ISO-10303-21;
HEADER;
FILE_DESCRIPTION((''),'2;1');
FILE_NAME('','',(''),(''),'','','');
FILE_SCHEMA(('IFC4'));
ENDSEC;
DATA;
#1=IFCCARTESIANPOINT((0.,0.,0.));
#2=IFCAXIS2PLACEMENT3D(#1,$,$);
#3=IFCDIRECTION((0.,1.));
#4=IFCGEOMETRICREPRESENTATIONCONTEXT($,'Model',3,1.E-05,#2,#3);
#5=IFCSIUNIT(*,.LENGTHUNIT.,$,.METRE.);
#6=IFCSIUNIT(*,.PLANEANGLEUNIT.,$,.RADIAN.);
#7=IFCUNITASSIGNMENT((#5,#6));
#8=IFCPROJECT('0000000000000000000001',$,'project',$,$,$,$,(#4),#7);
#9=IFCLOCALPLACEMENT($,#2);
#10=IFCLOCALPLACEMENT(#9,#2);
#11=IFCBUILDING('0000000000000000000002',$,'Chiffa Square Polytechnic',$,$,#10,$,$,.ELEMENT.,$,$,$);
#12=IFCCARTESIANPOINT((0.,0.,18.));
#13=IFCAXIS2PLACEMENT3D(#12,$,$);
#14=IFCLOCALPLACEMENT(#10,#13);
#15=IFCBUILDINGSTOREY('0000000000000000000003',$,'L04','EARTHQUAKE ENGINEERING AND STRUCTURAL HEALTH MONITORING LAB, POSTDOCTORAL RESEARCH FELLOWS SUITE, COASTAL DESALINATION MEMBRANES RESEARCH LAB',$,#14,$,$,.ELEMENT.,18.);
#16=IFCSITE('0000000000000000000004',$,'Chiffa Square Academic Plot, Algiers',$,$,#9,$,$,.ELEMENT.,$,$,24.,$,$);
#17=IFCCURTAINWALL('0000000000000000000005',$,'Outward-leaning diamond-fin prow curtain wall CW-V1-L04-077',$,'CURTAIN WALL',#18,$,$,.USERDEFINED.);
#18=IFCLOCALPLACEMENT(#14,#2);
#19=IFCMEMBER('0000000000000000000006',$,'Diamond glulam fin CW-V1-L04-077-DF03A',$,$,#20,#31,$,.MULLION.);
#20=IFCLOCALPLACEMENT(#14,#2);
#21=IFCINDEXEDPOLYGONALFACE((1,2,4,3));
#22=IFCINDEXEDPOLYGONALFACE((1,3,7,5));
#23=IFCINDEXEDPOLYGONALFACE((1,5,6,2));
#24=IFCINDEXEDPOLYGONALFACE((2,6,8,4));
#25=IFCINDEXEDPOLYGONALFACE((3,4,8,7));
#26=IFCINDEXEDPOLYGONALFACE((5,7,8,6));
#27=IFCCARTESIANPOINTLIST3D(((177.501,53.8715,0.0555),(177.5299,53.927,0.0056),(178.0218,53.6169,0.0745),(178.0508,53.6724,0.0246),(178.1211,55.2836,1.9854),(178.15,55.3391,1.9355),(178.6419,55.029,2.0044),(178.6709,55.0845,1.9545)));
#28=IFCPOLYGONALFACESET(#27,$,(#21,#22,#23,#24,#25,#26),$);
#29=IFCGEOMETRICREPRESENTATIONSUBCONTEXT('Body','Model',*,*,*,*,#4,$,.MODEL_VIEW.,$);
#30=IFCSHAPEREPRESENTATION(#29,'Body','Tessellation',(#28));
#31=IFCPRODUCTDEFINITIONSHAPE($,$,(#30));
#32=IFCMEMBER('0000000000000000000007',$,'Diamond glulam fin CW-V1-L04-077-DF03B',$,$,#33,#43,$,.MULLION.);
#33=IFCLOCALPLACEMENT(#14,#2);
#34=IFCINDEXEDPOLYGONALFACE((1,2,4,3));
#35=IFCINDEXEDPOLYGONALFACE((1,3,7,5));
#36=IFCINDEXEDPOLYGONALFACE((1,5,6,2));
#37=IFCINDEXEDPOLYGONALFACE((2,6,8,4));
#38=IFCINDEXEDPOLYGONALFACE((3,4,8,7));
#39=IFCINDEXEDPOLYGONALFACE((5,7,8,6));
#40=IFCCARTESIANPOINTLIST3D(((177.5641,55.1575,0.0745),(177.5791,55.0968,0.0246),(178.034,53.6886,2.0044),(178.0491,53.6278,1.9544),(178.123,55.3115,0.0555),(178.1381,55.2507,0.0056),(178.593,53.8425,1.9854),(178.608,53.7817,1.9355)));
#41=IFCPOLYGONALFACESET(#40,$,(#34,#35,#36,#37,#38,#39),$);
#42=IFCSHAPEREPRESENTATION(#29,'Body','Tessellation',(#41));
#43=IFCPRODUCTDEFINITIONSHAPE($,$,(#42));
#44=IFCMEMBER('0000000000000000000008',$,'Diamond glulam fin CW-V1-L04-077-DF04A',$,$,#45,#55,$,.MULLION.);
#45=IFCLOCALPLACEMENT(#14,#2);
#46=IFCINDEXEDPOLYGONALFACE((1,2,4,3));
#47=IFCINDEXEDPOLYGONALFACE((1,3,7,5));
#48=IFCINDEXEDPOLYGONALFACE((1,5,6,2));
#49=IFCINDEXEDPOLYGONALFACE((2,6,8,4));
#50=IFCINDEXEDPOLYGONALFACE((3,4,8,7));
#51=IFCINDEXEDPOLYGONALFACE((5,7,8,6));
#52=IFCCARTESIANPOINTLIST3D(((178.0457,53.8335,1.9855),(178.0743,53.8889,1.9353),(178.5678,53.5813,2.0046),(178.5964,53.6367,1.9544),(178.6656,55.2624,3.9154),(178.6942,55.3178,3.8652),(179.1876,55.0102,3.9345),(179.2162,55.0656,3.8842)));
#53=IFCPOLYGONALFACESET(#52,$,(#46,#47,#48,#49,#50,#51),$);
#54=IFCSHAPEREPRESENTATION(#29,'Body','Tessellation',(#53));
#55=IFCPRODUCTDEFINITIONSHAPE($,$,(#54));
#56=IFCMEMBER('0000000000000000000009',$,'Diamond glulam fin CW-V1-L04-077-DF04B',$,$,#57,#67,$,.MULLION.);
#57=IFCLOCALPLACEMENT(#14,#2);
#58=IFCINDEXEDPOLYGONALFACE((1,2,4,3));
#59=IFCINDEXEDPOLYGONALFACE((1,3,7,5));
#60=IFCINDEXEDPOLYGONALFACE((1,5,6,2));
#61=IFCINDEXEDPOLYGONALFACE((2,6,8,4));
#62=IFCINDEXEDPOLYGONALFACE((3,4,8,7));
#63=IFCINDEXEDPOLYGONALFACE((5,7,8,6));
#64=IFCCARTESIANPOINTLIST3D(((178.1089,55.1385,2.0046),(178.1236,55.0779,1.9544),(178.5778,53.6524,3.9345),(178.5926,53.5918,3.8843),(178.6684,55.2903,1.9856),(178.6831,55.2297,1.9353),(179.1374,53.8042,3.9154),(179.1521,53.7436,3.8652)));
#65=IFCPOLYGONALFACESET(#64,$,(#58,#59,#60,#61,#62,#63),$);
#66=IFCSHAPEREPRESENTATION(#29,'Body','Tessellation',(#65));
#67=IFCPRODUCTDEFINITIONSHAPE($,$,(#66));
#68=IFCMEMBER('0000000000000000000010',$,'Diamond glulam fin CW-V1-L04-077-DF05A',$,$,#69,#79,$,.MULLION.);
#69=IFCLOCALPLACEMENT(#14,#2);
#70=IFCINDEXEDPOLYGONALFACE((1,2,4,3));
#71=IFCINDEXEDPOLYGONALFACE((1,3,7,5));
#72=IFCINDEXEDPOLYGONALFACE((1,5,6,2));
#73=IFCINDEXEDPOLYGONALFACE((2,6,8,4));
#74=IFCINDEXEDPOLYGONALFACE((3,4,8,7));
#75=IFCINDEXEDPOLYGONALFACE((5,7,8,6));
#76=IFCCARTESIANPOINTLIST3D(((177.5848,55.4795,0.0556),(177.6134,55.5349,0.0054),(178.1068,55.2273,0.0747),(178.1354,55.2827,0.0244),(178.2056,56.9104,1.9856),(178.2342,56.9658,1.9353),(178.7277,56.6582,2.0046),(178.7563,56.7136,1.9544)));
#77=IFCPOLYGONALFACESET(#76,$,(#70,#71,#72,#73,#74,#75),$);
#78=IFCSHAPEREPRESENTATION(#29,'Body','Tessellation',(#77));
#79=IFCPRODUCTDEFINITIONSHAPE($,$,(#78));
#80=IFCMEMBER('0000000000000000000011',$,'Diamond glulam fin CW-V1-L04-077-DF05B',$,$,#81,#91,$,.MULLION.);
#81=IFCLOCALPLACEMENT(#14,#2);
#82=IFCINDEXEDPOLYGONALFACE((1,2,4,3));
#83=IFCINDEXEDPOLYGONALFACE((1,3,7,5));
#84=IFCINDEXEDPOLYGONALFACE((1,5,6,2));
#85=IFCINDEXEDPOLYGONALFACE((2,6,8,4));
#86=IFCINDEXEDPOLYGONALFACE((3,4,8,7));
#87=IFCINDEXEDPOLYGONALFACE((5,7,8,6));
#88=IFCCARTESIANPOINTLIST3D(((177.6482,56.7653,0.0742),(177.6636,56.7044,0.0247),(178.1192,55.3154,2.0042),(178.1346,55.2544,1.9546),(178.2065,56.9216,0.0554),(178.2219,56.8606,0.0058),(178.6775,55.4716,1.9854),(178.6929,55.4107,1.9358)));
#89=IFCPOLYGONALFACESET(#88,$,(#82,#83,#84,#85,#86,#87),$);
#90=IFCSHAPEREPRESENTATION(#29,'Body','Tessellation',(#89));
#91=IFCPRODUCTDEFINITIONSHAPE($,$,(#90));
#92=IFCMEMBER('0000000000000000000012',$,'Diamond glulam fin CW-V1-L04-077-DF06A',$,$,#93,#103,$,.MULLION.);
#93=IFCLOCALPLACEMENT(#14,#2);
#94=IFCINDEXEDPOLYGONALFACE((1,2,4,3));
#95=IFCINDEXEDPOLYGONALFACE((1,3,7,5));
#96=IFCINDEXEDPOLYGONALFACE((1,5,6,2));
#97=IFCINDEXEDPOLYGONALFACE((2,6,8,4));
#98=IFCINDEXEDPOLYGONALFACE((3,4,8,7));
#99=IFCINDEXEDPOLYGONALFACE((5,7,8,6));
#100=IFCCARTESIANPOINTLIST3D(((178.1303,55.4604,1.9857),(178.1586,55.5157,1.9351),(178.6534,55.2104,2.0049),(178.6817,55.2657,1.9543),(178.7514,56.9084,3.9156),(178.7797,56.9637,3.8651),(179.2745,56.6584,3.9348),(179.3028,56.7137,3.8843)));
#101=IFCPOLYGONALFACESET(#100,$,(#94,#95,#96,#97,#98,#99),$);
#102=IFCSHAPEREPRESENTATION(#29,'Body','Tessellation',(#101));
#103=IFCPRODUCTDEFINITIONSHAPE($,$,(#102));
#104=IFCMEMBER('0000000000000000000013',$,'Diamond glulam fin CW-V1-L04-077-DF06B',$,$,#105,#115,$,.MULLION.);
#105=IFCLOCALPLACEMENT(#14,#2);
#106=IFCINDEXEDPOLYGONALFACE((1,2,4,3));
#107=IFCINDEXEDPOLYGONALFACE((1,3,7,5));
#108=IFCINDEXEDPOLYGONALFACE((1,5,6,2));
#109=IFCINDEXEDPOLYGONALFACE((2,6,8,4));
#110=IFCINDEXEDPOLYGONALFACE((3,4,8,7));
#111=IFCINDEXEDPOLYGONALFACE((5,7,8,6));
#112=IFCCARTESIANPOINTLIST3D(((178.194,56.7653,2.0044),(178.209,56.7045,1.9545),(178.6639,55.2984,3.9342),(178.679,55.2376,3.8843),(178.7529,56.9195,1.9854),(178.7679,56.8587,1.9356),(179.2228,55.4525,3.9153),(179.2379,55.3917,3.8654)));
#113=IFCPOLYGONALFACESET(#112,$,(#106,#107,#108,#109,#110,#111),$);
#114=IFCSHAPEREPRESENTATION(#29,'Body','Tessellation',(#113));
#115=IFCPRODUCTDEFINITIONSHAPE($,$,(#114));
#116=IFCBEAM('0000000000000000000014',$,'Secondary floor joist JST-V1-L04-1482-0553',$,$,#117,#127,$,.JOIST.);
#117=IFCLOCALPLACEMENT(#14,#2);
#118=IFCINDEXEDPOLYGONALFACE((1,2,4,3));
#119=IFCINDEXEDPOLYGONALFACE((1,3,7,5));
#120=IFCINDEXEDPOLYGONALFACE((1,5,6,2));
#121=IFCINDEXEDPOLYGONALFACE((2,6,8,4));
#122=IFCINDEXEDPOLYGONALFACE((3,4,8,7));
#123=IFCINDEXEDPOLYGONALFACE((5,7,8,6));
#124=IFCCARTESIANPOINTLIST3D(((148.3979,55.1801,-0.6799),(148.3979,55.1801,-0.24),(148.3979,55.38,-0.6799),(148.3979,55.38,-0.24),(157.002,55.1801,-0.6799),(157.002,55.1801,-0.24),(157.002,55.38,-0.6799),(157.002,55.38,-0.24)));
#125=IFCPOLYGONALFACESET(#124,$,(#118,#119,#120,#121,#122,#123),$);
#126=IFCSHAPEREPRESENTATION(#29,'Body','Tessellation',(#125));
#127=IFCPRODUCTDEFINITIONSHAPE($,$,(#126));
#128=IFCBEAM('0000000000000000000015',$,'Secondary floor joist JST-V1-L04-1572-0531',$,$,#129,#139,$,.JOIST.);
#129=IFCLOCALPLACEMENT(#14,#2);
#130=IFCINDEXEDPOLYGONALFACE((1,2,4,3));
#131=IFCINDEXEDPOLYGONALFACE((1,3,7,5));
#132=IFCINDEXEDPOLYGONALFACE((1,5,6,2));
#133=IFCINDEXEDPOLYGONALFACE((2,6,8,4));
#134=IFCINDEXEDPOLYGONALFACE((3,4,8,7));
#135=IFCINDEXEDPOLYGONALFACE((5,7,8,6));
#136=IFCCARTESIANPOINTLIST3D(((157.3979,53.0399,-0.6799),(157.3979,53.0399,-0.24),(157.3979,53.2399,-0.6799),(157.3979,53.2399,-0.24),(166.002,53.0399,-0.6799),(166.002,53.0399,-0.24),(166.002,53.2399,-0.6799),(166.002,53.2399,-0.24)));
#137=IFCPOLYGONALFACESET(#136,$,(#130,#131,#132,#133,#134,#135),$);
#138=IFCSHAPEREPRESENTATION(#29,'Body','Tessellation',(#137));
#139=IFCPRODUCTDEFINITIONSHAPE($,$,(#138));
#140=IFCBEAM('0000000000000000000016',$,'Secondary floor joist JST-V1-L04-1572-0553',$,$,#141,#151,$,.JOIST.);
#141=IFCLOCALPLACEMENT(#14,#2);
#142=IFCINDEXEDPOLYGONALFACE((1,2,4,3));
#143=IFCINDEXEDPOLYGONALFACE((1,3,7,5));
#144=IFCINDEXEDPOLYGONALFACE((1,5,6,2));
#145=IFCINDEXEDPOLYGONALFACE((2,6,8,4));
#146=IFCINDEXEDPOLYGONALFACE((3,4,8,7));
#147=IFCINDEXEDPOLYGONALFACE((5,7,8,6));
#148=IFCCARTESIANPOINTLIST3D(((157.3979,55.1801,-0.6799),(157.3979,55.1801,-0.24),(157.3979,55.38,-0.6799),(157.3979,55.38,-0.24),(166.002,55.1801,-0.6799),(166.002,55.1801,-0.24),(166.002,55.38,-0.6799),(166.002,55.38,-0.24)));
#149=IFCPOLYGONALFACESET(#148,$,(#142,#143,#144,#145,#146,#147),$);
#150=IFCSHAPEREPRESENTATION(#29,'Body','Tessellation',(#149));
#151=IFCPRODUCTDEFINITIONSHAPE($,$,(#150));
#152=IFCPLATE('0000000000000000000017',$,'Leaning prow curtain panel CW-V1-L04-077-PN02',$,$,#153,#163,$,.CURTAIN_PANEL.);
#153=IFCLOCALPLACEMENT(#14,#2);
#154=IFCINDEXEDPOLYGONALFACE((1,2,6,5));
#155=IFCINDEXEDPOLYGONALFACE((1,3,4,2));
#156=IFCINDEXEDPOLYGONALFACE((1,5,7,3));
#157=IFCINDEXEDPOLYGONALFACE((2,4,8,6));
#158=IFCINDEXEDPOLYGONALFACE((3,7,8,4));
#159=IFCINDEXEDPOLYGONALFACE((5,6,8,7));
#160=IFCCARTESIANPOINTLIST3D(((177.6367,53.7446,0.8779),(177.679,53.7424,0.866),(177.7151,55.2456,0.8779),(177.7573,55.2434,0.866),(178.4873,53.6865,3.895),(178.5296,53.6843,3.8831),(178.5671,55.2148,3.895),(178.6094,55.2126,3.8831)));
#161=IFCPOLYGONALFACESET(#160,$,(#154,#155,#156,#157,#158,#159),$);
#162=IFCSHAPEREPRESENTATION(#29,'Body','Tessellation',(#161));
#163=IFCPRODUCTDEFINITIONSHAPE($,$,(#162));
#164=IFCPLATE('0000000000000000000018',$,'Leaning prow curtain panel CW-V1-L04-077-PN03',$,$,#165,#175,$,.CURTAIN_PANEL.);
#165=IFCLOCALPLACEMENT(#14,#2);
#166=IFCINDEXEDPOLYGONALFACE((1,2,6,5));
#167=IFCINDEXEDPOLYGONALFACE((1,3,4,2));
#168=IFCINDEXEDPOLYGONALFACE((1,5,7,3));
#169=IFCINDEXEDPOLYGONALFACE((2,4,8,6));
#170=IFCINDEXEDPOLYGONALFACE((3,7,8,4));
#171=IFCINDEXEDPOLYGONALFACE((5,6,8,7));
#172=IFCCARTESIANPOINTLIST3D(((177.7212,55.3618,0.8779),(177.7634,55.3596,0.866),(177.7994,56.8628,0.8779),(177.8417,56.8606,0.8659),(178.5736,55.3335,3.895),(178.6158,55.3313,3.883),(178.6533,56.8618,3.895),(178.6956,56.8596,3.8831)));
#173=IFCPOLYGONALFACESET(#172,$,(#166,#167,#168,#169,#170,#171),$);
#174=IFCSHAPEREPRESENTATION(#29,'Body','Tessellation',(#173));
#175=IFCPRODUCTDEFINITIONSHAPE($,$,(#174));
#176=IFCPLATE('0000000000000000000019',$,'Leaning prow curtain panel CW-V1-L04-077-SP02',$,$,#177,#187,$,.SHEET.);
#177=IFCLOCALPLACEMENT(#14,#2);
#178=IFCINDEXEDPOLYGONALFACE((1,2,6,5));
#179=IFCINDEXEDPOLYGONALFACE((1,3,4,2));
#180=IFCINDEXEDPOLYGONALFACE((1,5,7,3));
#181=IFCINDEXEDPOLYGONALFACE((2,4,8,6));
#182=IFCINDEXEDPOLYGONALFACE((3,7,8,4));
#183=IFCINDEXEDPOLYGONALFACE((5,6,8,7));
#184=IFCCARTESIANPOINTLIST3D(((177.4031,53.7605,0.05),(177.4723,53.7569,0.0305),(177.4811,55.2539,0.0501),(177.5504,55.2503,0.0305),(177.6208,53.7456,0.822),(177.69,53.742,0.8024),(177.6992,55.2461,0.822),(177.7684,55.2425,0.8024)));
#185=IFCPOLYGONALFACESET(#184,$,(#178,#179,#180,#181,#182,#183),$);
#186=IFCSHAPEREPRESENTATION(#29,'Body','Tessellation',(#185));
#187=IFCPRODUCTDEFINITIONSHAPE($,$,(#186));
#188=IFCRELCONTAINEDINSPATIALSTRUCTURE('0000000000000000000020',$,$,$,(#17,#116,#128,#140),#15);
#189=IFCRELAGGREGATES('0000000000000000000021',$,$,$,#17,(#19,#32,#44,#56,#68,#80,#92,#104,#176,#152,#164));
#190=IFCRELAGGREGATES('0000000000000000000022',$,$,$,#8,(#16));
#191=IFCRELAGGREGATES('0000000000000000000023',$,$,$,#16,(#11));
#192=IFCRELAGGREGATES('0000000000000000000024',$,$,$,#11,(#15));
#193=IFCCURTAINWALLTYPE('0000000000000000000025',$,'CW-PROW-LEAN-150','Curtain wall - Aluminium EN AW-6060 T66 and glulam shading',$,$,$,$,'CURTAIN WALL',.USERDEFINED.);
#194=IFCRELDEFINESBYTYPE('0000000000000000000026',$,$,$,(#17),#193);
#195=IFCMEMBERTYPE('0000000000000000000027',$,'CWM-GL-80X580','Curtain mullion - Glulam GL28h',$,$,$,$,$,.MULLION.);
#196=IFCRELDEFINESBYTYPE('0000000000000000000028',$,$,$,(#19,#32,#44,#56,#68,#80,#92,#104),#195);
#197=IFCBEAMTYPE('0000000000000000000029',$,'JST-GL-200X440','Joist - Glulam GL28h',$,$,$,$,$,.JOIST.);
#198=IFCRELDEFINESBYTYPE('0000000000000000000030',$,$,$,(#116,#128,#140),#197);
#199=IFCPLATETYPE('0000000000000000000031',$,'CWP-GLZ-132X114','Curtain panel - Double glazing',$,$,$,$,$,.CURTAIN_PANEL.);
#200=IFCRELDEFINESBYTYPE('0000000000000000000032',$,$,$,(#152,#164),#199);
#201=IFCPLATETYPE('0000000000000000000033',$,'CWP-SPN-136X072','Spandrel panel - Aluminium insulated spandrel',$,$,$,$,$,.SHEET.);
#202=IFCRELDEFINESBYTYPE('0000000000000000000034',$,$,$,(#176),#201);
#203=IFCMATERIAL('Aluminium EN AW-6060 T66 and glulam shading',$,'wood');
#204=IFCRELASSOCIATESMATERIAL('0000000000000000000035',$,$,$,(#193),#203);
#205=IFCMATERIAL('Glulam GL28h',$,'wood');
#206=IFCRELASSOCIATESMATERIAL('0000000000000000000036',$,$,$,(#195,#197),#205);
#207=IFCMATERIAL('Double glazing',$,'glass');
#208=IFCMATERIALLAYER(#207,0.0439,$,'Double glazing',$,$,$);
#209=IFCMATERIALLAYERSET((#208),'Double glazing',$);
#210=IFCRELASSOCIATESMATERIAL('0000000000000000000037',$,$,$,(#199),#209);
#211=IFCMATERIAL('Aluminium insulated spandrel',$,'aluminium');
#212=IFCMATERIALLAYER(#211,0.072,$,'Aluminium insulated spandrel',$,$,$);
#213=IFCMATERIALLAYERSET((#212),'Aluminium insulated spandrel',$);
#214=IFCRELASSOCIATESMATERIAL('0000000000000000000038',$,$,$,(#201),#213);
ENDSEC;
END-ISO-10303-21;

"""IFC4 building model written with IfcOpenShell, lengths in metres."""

from ifc_helpers import new_model, si_unit, direction, frame, origin, origin_2d, place, context, subcontext, project, spatial, polyline, rectangle, outline, extrude, material, layer, layer_set, material_profile, profile_set, type_object, element, aggregate, save


model = new_model("IFC4")

# Units and contexts
model_context = context("Model", 3, precision=1e-05, world=origin(), true_north=direction((0.0, 1.0)))
body_context = subcontext(model_context, "Body", "Model", "MODEL_VIEW")
ifc_project = project(units=[si_unit("LENGTHUNIT", "METRE"), si_unit("PLANEANGLEUNIT", "RADIAN")], contexts=[model_context])

# Site, building, storey
site_placement = place(None, origin())
site = spatial("IfcSite", under=ifc_project, at=site_placement, Name="Chiffa Square Academic Plot, Algiers", CompositionType="ELEMENT", RefElevation=24.0)
building_placement = place(site_placement, origin())
building = spatial("IfcBuilding", under=site, at=building_placement, Name="Chiffa Square Polytechnic", CompositionType="ELEMENT")
storey_placement = place(building_placement, frame((0.0, 0.0, 18.0)))
storey = spatial("IfcBuildingStorey", under=building, at=storey_placement, Name="L04", Description="EARTHQUAKE ENGINEERING AND STRUCTURAL HEALTH MONITORING LAB, POSTDOCTORAL RESEARCH FELLOWS SUITE, COASTAL DESALINATION MEMBRANES RESEARCH LAB", CompositionType="ELEMENT", Elevation=18.0)

# Curtain wall, members
ifc_material_1 = material(Name="Aluminium EN AW-6060 T66 and glulam shading", Category="wood")
curtain_wall_type = type_object("IfcCurtainWallType", Name="CW-PROW-LEAN-150", Description="Curtain wall - Aluminium EN AW-6060 T66 and glulam shading", ElementType="CURTAIN WALL", PredefinedType="USERDEFINED", material=ifc_material_1)
curtain_wall_placement = place(storey_placement, origin())
curtain_wall = element("IfcCurtainWall", 1, at=curtain_wall_placement, inside=storey, type_object=curtain_wall_type, Name="Outward-leaning diamond-fin prow curtain wall CW-V1-L04-077", ObjectType="CURTAIN WALL", PredefinedType="USERDEFINED")
ifc_material_2 = material(Name="Glulam GL28h", Category="wood")
ifc_material_profile_1 = material_profile(ifc_material_2, rectangle(XDim=0.0801, YDim=0.5801, at=origin_2d()), Name="GL28h 80x580")
ifc_profile_set_1 = profile_set([ifc_material_profile_1], Name="Glulam GL28h")
member_type_1 = type_object("IfcMemberType", Name="CWM-GL-80X580", Description="Curtain mullion - Glulam GL28h", PredefinedType="MULLION", material=ifc_profile_set_1)
member_1_placement = place(storey_placement, frame((177.7759, 53.772, 0.04), z_axis=(0.251012, 0.571595, 0.781199), x_axis=(-0.361594, -0.693246, 0.623426)))
member_1 = element("IfcMember", 2, at=member_1_placement, type_object=member_type_1, Name="Diamond glulam fin CW-V1-L04-077-DF03A", PredefinedType="MULLION", context=body_context, shape_type="SweptSolid", body=[
    extrude(rectangle(XDim=0.0801, YDim=0.5801, at=origin_2d()), origin(), (0.0, 0.0, 1.0), 2.4705),
])
member_2_placement = place(storey_placement, frame((177.8511, 55.2041, 0.04), z_axis=(0.190232, -0.59461, 0.781185), x_axis=(-0.187864, 0.758963, 0.623443)))
member_2 = element("IfcMember", 3, at=member_2_placement, type_object=member_type_1, Name="Diamond glulam fin CW-V1-L04-077-DF03B", PredefinedType="MULLION", context=body_context, shape_type="SweptSolid", body=[
    extrude(rectangle(XDim=0.0801, YDim=0.5801, at=origin_2d()), origin(), (0.0, 0.0, 1.0), 2.4705),
])
member_3_placement = place(storey_placement, frame((178.321, 53.7351, 1.97), z_axis=(0.249941, 0.576173, 0.778173), x_axis=(-0.357273, -0.692091, 0.627189)))
member_3 = element("IfcMember", 4, at=member_3_placement, type_object=member_type_1, Name="Diamond glulam fin CW-V1-L04-077-DF04A", PredefinedType="MULLION", context=body_context, shape_type="SweptSolid", body=[
    extrude(rectangle(XDim=0.0801, YDim=0.5801, at=origin_2d()), origin(), (0.0, 0.0, 1.0), 2.48),
])
member_4_placement = place(storey_placement, frame((178.396, 55.1841, 1.97), z_axis=(0.18907, -0.599099, 0.778031), x_axis=(-0.183925, 0.756694, 0.627364)))
member_4 = element("IfcMember", 5, at=member_4_placement, type_object=member_type_1, Name="Diamond glulam fin CW-V1-L04-077-DF04B", PredefinedType="MULLION", context=body_context, shape_type="SweptSolid", body=[
    extrude(rectangle(XDim=0.0801, YDim=0.5801, at=origin_2d()), origin(), (0.0, 0.0, 1.0), 2.4805),
])
member_5_placement = place(storey_placement, frame((177.8601, 55.3811, 0.04), z_axis=(0.250196, 0.576642, 0.777744), x_axis=(-0.357155, -0.69167, 0.62772)))
member_5 = element("IfcMember", 6, at=member_5_placement, type_object=member_type_1, Name="Diamond glulam fin CW-V1-L04-077-DF05A", PredefinedType="MULLION", context=body_context, shape_type="SweptSolid", body=[
    extrude(rectangle(XDim=0.0801, YDim=0.5801, at=origin_2d()), origin(), (0.0, 0.0, 1.0), 2.4814),
])
member_6_placement = place(storey_placement, frame((177.9351, 56.813, 0.04), z_axis=(0.191487, -0.589548, 0.784708), x_axis=(-0.1923, 0.761472, 0.619017)))
member_6 = element("IfcMember", 7, at=member_6_placement, type_object=member_type_1, Name="Diamond glulam fin CW-V1-L04-077-DF05B", PredefinedType="MULLION", context=body_context, shape_type="SweptSolid", body=[
    extrude(rectangle(XDim=0.0801, YDim=0.5801, at=origin_2d()), origin(), (0.0, 0.0, 1.0), 2.4595),
])
member_7_placement = place(storey_placement, frame((178.406, 55.363, 1.97), z_axis=(0.249295, 0.581198, 0.774636), x_axis=(-0.353041, -0.690303, 0.63154)))
member_7 = element("IfcMember", 8, at=member_7_placement, type_object=member_type_1, Name="Diamond glulam fin CW-V1-L04-077-DF06A", PredefinedType="MULLION", context=body_context, shape_type="SweptSolid", body=[
    extrude(rectangle(XDim=0.0801, YDim=0.5801, at=origin_2d()), origin(), (0.0, 0.0, 1.0), 2.4915),
])
member_8_placement = place(storey_placement, frame((178.481, 56.812, 1.97), z_axis=(0.190321, -0.594099, 0.781553), x_axis=(-0.188269, 0.75924, 0.622984)))
member_8 = element("IfcMember", 9, at=member_8_placement, type_object=member_type_1, Name="Diamond glulam fin CW-V1-L04-077-DF06B", PredefinedType="MULLION", context=body_context, shape_type="SweptSolid", body=[
    extrude(rectangle(XDim=0.0801, YDim=0.5801, at=origin_2d()), origin(), (0.0, 0.0, 1.0), 2.4692),
])

# Beams
ifc_material_profile_2 = material_profile(ifc_material_2, rectangle(XDim=0.2, YDim=0.4399, at=origin_2d()), Name="GL28h 200x440")
ifc_profile_set_2 = profile_set([ifc_material_profile_2], Name="Glulam GL28h")
beam_type_1 = type_object("IfcBeamType", Name="JST-GL-200X440", Description="Joist - Glulam GL28h", PredefinedType="JOIST", material=ifc_profile_set_2)
for number, where, z_axis, x_axis, name in (
    (10, (148.3979, 55.28, -0.46), (1.0, 0.0, 0.0), (0.0, 1.0, 0.0), "Secondary floor joist JST-V1-L04-1482-0553"),
    (11, (157.3979, 53.1399, -0.46), (1.0, 0.0, 0.0), (0.0, 1.0, 0.0), "Secondary floor joist JST-V1-L04-1572-0531"),
    (12, (157.3979, 55.28, -0.46), (1.0, 0.0, 0.0), (0.0, 1.0, 0.0), "Secondary floor joist JST-V1-L04-1572-0553"),
):
    element("IfcBeam", number, at=place(storey_placement, frame(where, z_axis=z_axis, x_axis=x_axis)), inside=storey, type_object=beam_type_1, Name=name, PredefinedType="JOIST", context=body_context, shape_type="SweptSolid", body=[
        extrude(rectangle(XDim=0.2, YDim=0.4399, at=origin_2d()), origin(), (0.0, 0.0, 1.0), 8.604),
    ])

# Plates
ifc_material_3 = material(Name="Double glazing", Category="glass")
ifc_layer_1 = layer(ifc_material_3, 0.0439, Name="Double glazing")
ifc_layer_set_1 = layer_set([ifc_layer_1], Name="Double glazing")
plate_type_1 = type_object("IfcPlateType", Name="CWP-GLZ-132X114", Description="Curtain panel - Double glazing", PredefinedType="CURTAIN_PANEL", material=ifc_layer_set_1)
plate_1_placement = place(storey_placement, frame((177.6367, 53.7446, 0.8779), z_axis=(-0.961015, 0.050188, 0.271904), x_axis=(0.052152, 0.998639, -0.000003)))
plate_1 = element("IfcPlate", 13, at=plate_1_placement, type_object=plate_type_1, Name="Leaning prow curtain panel CW-V1-L04-077-PN02", PredefinedType="CURTAIN_PANEL", context=body_context, shape_type="SweptSolid", body=[
    extrude(outline(polyline([(0.0, 0.0), (1.503, 0.0), (1.5167, -3.1352), (-0.0137, -3.1352), (0.0, 0.0)])), origin(), (0.0, 0.0, -1.0), 0.0439),
])
plate_2_placement = place(storey_placement, frame((177.7212, 55.3618, 0.8779), z_axis=(-0.960996, 0.05011, 0.271986), x_axis=(0.052066, 0.998644, -0.000025)))
plate_2 = element("IfcPlate", 14, at=plate_2_placement, type_object=plate_type_1, Name="Leaning prow curtain panel CW-V1-L04-077-PN03", PredefinedType="CURTAIN_PANEL", context=body_context, shape_type="SweptSolid", body=[
    extrude(outline(polyline([(0.0, 0.0), (1.503, 0.0), (1.5464, -3.1353), (0.016, -3.1352), (0.0, 0.0)])), origin(), (0.0, 0.0, -1.0), 0.0439),
])
ifc_material_4 = material(Name="Aluminium insulated spandrel", Category="aluminium")
ifc_layer_2 = layer(ifc_material_4, 0.072, Name="Aluminium insulated spandrel")
ifc_layer_set_2 = layer_set([ifc_layer_2], Name="Aluminium insulated spandrel")
plate_type_2 = type_object("IfcPlateType", Name="CWP-SPN-136X072", Description="Spandrel panel - Aluminium insulated spandrel", PredefinedType="SHEET", material=ifc_layer_set_2)
plate_3_placement = place(storey_placement, frame((177.4031, 53.7605, 0.05), z_axis=(-0.960989, 0.050232, 0.271986), x_axis=(0.052203, 0.998636, 0.000011)))
plate_3 = element("IfcPlate", 15, at=plate_3_placement, type_object=plate_type_2, Name="Leaning prow curtain panel CW-V1-L04-077-SP02", PredefinedType="SHEET", context=body_context, shape_type="SweptSolid", body=[
    extrude(outline(polyline([(0.0, 0.0), (1.4955, 0.0), (1.499, -0.8022), (-0.0035, -0.8022), (0.0, 0.0)])), origin(), (0.0, 0.0, -1.0), 0.072),
])
aggregate(curtain_wall, [member_1, member_2, member_3, member_4, member_5, member_6, member_7, member_8, plate_3, plate_1, plate_2])

save(model, "model.ifc")
